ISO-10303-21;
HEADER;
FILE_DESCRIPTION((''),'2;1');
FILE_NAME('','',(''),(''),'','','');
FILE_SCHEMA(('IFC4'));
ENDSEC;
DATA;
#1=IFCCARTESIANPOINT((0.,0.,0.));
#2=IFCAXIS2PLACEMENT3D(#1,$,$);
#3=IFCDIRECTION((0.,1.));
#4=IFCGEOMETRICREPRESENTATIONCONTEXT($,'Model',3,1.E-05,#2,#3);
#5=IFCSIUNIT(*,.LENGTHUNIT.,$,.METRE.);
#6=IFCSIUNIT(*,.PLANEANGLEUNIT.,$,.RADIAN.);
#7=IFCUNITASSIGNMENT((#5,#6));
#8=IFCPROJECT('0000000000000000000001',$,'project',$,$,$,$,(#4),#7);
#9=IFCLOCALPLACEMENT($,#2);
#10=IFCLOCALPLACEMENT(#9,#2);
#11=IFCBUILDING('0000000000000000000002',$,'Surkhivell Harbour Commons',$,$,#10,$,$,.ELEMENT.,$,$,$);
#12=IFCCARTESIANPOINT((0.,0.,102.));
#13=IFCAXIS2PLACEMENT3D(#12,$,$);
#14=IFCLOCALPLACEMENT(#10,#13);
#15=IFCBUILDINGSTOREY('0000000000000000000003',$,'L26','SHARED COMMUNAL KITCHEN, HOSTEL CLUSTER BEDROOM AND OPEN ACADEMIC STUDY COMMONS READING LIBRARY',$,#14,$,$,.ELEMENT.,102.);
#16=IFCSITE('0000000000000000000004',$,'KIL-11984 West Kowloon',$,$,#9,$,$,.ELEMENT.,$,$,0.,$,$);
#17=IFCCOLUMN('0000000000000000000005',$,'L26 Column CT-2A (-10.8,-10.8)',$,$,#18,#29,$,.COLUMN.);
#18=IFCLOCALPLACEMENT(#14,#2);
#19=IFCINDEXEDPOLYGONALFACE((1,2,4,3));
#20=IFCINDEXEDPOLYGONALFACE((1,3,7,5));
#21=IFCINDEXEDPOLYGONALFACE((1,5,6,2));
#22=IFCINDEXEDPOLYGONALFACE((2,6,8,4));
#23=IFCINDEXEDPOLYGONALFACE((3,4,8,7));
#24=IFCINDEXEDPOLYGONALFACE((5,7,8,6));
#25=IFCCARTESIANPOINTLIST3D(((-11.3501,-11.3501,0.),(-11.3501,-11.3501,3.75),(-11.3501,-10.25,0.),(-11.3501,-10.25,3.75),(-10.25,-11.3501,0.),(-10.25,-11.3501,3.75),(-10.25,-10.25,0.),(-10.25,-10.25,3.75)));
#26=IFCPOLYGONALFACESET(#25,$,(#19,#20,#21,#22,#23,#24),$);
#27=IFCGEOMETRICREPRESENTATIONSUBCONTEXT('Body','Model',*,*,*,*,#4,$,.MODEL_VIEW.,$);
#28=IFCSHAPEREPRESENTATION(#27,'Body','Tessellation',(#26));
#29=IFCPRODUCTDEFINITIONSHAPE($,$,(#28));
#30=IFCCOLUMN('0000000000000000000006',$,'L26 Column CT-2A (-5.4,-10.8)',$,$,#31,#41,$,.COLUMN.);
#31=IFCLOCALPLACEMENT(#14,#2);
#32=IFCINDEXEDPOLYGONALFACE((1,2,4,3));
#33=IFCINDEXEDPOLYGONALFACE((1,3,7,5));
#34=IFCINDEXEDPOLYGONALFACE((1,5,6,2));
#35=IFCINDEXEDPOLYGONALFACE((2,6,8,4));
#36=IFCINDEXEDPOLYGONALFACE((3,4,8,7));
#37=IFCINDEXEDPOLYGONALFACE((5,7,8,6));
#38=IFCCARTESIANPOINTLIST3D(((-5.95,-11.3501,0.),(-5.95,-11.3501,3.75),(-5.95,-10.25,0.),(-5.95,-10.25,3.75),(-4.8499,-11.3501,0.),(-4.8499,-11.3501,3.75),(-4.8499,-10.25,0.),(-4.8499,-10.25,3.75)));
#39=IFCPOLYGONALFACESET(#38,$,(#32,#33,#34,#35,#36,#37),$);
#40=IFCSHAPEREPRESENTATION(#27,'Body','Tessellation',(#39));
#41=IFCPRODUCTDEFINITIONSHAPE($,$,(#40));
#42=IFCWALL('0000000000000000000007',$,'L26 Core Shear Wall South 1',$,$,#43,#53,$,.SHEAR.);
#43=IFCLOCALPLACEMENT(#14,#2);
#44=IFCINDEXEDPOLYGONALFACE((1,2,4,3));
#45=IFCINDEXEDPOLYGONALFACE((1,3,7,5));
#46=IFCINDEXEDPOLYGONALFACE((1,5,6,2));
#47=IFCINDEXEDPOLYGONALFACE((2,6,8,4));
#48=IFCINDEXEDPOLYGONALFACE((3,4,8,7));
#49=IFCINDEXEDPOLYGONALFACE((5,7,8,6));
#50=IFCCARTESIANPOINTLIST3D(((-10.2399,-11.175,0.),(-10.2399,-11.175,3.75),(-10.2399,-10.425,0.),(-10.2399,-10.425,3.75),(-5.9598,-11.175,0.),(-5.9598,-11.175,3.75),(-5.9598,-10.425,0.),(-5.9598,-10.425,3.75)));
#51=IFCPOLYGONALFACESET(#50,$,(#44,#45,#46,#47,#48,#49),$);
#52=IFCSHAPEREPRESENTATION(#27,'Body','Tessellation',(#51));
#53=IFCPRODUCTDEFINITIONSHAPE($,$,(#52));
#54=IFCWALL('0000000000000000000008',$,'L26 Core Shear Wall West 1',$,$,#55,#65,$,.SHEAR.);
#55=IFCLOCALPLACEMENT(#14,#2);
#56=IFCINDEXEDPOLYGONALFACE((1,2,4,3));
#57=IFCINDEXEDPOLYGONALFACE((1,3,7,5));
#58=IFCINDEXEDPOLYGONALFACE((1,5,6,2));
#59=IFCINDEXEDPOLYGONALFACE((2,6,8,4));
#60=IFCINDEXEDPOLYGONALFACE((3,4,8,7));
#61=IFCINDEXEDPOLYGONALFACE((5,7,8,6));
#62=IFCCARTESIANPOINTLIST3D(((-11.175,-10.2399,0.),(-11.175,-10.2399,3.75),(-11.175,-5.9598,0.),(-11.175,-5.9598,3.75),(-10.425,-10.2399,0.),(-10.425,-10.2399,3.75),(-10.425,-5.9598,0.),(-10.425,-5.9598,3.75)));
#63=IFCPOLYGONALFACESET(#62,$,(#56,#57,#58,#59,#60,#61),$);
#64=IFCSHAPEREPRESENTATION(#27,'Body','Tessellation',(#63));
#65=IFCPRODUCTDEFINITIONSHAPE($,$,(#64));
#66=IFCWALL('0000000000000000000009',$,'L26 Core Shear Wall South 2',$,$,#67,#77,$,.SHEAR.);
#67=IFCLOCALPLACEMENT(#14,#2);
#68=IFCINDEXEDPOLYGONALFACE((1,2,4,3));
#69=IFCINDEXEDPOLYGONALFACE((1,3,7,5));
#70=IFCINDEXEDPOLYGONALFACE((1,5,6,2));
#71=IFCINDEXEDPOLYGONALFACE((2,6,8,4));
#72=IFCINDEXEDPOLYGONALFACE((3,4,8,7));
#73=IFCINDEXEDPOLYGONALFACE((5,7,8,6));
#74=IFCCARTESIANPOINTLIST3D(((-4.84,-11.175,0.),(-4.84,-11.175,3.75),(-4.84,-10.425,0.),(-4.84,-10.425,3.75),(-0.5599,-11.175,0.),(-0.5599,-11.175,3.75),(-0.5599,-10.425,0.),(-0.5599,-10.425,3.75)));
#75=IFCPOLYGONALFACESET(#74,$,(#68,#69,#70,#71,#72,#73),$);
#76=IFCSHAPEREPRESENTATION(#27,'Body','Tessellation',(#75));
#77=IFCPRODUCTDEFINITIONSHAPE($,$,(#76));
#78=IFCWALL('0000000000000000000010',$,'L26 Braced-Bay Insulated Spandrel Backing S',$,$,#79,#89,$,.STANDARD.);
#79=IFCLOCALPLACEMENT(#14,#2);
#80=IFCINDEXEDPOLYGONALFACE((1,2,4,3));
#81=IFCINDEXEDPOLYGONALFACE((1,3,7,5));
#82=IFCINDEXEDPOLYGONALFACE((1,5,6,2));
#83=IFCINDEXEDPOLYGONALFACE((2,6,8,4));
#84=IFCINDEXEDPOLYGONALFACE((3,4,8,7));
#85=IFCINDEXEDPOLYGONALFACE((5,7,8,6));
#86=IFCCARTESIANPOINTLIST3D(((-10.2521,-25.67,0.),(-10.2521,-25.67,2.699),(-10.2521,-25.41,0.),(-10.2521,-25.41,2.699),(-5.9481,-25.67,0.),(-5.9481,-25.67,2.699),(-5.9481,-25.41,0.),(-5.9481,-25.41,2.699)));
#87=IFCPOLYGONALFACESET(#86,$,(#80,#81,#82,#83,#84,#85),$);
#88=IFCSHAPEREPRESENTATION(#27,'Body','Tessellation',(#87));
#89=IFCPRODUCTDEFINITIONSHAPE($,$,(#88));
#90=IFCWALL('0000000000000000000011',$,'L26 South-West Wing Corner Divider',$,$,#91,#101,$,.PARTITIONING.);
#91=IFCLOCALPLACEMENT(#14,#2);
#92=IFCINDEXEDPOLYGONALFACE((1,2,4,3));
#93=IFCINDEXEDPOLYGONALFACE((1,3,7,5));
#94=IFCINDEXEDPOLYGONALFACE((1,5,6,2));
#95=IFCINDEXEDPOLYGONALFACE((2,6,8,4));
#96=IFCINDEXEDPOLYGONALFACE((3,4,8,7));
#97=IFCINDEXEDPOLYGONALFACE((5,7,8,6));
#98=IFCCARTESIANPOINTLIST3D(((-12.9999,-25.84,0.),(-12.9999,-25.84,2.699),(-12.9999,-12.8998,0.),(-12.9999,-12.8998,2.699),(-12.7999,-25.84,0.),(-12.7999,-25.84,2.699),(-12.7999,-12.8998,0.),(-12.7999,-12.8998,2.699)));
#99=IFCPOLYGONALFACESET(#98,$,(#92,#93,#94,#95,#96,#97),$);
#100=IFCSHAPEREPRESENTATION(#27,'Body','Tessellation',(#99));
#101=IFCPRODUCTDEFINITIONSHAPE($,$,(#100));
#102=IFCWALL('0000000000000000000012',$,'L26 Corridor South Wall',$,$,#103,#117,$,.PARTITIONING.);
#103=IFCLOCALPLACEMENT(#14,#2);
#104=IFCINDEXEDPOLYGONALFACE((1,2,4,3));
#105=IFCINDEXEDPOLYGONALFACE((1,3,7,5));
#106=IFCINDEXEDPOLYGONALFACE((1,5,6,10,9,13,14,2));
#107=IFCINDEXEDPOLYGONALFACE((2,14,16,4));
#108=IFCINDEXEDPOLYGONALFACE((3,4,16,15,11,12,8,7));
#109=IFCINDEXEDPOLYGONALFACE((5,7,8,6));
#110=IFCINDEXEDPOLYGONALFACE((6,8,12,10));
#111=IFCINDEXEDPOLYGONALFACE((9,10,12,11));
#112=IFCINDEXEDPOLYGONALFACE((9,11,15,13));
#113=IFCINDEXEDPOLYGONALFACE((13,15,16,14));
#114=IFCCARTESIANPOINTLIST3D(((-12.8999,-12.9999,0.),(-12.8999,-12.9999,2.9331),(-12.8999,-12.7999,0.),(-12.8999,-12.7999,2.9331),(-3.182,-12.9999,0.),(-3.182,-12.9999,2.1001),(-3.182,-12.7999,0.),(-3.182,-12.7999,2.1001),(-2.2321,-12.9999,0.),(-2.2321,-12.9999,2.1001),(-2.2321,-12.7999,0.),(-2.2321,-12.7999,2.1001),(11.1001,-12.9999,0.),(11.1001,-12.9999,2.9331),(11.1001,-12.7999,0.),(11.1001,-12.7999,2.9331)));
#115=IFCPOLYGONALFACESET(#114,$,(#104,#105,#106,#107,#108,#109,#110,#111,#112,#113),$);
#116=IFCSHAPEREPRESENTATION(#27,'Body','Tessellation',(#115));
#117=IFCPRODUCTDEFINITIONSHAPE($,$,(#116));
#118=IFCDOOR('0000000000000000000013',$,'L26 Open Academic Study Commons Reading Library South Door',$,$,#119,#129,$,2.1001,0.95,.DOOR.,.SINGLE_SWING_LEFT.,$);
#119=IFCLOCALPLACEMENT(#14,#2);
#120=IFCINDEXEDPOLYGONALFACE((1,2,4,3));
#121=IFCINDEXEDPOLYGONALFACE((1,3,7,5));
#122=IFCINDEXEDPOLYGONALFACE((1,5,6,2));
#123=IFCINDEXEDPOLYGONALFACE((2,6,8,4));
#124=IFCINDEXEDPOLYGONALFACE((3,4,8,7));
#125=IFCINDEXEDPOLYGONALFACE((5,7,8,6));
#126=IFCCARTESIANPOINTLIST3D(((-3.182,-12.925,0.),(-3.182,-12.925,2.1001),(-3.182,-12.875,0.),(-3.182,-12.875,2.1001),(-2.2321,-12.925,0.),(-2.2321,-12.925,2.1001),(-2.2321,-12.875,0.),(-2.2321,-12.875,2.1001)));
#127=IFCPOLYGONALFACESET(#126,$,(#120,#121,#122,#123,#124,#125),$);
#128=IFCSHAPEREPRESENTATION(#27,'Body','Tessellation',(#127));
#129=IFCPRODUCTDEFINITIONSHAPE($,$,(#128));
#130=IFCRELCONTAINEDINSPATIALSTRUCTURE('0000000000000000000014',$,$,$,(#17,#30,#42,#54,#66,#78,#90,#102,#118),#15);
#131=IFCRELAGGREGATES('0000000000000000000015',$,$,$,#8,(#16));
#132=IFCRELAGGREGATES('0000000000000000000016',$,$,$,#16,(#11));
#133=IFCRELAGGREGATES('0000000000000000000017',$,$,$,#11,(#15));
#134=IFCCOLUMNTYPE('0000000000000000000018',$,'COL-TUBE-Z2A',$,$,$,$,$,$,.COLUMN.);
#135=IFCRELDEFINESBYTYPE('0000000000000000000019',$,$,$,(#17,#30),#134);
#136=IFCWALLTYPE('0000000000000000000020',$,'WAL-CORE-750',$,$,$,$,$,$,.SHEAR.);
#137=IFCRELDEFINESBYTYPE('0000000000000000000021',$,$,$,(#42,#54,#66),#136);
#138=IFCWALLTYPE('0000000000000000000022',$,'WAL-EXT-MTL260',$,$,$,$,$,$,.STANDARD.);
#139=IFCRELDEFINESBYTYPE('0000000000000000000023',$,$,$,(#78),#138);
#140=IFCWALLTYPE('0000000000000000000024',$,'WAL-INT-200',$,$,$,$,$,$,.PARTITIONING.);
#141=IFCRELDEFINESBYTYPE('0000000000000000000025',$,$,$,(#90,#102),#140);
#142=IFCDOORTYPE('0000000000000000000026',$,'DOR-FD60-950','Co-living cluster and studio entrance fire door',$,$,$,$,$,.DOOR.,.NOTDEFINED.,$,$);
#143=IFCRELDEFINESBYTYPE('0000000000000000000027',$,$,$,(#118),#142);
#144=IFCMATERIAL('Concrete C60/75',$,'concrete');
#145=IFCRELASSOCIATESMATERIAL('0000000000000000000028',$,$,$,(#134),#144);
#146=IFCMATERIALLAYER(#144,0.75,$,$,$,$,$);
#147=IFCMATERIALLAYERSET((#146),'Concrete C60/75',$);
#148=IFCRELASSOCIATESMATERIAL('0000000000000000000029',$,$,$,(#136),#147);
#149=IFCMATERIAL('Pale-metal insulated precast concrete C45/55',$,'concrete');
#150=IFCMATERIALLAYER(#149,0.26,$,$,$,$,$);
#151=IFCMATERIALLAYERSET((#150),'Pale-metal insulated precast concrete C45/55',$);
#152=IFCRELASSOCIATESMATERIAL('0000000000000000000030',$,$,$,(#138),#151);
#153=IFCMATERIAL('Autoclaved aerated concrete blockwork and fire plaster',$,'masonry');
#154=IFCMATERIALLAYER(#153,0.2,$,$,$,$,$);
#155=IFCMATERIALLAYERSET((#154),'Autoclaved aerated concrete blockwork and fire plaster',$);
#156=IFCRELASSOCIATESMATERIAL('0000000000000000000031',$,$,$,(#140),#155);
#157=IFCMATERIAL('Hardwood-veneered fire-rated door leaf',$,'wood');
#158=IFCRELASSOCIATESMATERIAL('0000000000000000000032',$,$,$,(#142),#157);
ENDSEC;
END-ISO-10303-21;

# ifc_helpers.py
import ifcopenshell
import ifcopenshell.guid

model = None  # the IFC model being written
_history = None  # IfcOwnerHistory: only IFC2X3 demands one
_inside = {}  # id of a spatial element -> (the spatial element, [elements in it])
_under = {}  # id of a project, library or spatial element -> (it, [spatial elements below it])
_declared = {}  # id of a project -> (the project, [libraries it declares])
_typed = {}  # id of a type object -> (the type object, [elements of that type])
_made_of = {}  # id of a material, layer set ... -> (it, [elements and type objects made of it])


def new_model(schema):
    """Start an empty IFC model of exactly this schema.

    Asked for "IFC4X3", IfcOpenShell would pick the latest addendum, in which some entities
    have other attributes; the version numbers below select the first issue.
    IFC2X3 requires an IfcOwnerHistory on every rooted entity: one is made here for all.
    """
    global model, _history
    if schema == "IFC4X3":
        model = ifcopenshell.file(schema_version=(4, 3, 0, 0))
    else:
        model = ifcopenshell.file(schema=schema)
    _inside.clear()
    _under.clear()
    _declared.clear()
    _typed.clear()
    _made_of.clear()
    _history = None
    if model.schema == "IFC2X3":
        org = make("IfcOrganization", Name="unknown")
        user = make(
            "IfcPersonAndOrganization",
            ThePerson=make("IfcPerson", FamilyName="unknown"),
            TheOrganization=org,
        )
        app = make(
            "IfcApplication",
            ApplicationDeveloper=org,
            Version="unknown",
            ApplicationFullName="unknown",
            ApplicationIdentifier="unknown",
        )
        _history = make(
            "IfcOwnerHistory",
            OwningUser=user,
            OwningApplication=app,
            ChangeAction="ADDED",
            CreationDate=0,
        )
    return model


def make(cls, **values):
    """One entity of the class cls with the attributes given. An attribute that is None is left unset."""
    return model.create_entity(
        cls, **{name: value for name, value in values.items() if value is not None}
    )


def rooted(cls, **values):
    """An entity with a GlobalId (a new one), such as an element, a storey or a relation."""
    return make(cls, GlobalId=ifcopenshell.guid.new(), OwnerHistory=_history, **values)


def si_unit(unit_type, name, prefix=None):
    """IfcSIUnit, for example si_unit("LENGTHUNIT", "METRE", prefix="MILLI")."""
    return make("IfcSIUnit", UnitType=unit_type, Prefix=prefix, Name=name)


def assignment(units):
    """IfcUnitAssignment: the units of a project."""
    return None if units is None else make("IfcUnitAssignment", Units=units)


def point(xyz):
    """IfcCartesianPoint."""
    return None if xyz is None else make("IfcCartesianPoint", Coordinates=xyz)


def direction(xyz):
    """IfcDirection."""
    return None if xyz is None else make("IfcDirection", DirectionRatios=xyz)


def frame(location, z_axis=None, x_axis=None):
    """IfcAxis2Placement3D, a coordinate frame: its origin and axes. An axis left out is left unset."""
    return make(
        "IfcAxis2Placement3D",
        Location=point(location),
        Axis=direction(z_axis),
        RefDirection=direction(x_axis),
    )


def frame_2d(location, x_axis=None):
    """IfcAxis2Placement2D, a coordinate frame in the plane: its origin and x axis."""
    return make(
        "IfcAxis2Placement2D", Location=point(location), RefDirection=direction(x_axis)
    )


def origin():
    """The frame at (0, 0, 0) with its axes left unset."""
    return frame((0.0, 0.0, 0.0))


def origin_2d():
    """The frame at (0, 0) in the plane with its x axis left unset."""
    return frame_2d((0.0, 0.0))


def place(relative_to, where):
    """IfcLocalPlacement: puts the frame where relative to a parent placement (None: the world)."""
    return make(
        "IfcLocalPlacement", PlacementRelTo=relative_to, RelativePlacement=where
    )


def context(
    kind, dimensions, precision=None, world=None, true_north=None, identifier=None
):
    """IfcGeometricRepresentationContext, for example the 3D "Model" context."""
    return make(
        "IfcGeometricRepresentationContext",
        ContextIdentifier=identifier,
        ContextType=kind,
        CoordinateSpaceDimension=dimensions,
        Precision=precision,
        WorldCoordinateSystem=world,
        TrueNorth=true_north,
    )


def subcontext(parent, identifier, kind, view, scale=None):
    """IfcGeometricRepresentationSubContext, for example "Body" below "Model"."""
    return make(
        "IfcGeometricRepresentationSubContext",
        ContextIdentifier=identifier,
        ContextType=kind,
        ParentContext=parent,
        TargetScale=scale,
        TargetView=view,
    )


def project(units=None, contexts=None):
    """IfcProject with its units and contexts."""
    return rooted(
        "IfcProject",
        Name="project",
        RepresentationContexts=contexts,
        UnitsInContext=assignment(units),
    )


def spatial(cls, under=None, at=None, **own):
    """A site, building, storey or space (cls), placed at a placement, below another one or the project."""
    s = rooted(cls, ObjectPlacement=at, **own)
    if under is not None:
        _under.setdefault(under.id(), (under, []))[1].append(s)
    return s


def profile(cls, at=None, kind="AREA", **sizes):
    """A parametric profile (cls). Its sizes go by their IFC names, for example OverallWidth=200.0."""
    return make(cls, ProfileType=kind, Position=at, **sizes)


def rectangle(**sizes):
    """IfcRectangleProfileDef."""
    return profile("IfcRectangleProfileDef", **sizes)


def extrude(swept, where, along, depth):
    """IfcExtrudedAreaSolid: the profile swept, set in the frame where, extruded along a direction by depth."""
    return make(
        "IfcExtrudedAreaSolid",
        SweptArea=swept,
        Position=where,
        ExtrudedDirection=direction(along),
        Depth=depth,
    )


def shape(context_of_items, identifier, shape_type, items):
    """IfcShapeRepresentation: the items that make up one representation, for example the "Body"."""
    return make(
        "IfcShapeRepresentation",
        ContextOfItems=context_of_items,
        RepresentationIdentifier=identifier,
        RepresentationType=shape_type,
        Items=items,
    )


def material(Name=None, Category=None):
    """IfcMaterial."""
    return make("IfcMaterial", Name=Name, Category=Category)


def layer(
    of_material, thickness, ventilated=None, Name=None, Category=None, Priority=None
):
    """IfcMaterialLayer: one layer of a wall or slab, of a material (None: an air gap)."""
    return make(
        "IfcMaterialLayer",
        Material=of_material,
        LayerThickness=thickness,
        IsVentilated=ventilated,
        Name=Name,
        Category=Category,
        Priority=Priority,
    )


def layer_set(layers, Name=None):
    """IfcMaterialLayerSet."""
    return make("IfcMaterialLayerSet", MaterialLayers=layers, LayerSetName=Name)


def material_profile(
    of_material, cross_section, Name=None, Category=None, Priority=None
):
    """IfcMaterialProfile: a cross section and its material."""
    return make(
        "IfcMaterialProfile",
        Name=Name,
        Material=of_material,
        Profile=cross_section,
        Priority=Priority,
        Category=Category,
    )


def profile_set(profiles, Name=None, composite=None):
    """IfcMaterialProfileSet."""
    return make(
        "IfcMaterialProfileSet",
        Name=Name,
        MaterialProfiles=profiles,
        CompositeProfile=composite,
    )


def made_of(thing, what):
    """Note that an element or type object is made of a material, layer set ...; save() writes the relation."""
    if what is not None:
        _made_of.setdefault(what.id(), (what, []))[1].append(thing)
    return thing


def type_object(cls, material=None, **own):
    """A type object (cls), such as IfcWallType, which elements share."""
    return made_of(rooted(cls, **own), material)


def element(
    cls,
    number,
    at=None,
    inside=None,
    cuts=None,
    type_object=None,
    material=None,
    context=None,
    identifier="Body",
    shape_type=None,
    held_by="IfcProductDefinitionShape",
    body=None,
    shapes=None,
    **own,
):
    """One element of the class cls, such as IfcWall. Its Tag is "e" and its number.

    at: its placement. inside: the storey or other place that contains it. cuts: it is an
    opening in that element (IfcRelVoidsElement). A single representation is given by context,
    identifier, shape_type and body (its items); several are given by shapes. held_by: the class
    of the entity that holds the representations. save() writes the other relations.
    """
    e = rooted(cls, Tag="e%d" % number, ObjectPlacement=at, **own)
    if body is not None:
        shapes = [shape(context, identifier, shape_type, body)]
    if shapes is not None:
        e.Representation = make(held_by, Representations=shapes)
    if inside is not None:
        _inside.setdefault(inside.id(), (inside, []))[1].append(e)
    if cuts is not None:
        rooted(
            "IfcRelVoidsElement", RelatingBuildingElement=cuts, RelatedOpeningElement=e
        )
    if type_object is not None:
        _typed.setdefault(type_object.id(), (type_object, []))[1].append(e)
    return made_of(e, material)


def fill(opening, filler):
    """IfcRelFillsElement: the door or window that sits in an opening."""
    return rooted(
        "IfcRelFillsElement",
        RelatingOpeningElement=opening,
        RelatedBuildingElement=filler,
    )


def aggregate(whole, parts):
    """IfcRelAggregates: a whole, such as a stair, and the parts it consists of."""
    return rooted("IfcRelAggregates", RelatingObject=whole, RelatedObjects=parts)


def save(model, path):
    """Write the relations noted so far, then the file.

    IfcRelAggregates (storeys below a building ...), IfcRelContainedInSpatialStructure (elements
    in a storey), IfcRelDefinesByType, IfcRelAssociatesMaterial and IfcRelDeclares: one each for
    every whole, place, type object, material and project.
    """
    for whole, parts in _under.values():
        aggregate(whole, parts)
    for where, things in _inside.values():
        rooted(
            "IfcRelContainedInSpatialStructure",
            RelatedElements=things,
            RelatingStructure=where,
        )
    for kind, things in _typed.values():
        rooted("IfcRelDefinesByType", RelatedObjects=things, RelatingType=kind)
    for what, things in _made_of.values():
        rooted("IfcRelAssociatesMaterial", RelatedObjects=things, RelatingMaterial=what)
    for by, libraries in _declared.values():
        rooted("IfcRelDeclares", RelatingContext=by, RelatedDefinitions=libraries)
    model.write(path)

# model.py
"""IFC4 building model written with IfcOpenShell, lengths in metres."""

from ifc_helpers import new_model, si_unit, direction, frame, frame_2d, origin, origin_2d, place, context, subcontext, project, spatial, rectangle, extrude, material, layer, layer_set, material_profile, profile_set, type_object, element, fill, save


model = new_model("IFC4")

# Units and contexts
model_context = context("Model", 3, precision=1e-05, world=origin(), true_north=direction((0.0, 1.0)))
body_context = subcontext(model_context, "Body", "Model", "MODEL_VIEW")
ifc_project = project(units=[si_unit("LENGTHUNIT", "METRE"), si_unit("PLANEANGLEUNIT", "RADIAN")], contexts=[model_context])

# Site, building, storey
site_placement = place(None, origin())
site = spatial("IfcSite", under=ifc_project, at=site_placement, Name="KIL-11984 West Kowloon", CompositionType="ELEMENT", RefElevation=0.0)
building_placement = place(site_placement, origin())
building = spatial("IfcBuilding", under=site, at=building_placement, Name="Surkhivell Harbour Commons", CompositionType="ELEMENT")
storey_placement = place(building_placement, frame((0.0, 0.0, 102.0)))
storey = spatial("IfcBuildingStorey", under=building, at=storey_placement, Name="L26", Description="SHARED COMMUNAL KITCHEN, HOSTEL CLUSTER BEDROOM AND OPEN ACADEMIC STUDY COMMONS READING LIBRARY", CompositionType="ELEMENT", Elevation=102.0)

# Columns
ifc_material_1 = material(Name="Concrete C60/75", Category="concrete")
ifc_material_profile = material_profile(ifc_material_1, rectangle(XDim=1.1001, YDim=1.1001, at=origin_2d()), Name="RC-COL-1100x1100")
ifc_profile_set = profile_set([ifc_material_profile], Name="Concrete C60/75")
column_type = type_object("IfcColumnType", Name="COL-TUBE-Z2A", PredefinedType="COLUMN", material=ifc_profile_set)
for number, where, z_axis, x_axis, name in (
    (1, (-10.8, -10.8, 0.0), (0.0, 0.0, 1.0), (1.0, 0.0, 0.0), "L26 Column CT-2A (-10.8,-10.8)"),
    (2, (-5.3999, -10.8, 0.0), (0.0, 0.0, 1.0), (1.0, 0.0, 0.0), "L26 Column CT-2A (-5.4,-10.8)"),
):
    element("IfcColumn", number, at=place(storey_placement, frame(where, z_axis=z_axis, x_axis=x_axis)), inside=storey, type_object=column_type, Name=name, PredefinedType="COLUMN", context=body_context, shape_type="SweptSolid", body=[
        extrude(rectangle(XDim=1.1001, YDim=1.1001, at=origin_2d()), origin(), (0.0, 0.0, 1.0), 3.75),
    ])

# Walls
ifc_layer_1 = layer(ifc_material_1, 0.75)
ifc_layer_set_1 = layer_set([ifc_layer_1], Name="Concrete C60/75")
wall_type_1 = type_object("IfcWallType", Name="WAL-CORE-750", PredefinedType="SHEAR", material=ifc_layer_set_1)
for number, where, z_axis, x_axis, name in (
    (3, (-10.24, -10.8, 0.0), (0.0, 0.0, 1.0), (1.0, 0.0, 0.0), "L26 Core Shear Wall South 1"),
    (4, (-10.8, -10.24, 0.0), (0.0, 0.0, 1.0), (0.0, 1.0, 0.0), "L26 Core Shear Wall West 1"),
    (5, (-4.8401, -10.8, 0.0), (0.0, 0.0, 1.0), (1.0, 0.0, 0.0), "L26 Core Shear Wall South 2"),
):
    element("IfcWall", number, at=place(storey_placement, frame(where, z_axis=z_axis, x_axis=x_axis)), inside=storey, type_object=wall_type_1, Name=name, PredefinedType="SHEAR", context=body_context, shape_type="SweptSolid", body=[
        extrude(rectangle(XDim=4.28, YDim=0.75, at=frame_2d((2.1401, 0.0))), origin(), (0.0, 0.0, 1.0), 3.75),
    ])
ifc_material_2 = material(Name="Pale-metal insulated precast concrete C45/55", Category="concrete")
ifc_layer_2 = layer(ifc_material_2, 0.26)
ifc_layer_set_2 = layer_set([ifc_layer_2], Name="Pale-metal insulated precast concrete C45/55")
wall_type_2 = type_object("IfcWallType", Name="WAL-EXT-MTL260", PredefinedType="STANDARD", material=ifc_layer_set_2)
wall_1_placement = place(storey_placement, frame((-10.252, -25.54, 0.0), z_axis=(0.0, 0.0, 1.0), x_axis=(1.0, 0.0, 0.0)))
element("IfcWall", 6, at=wall_1_placement, inside=storey, type_object=wall_type_2, Name="L26 Braced-Bay Insulated Spandrel Backing S", PredefinedType="STANDARD", context=body_context, shape_type="SweptSolid", body=[
    extrude(rectangle(XDim=4.304, YDim=0.26, at=frame_2d((2.1519, 0.0))), origin(), (0.0, 0.0, 1.0), 2.699),
])
ifc_material_3 = material(Name="Autoclaved aerated concrete blockwork and fire plaster", Category="masonry")
ifc_layer_3 = layer(ifc_material_3, 0.2)
ifc_layer_set_3 = layer_set([ifc_layer_3], Name="Autoclaved aerated concrete blockwork and fire plaster")
wall_type_3 = type_object("IfcWallType", Name="WAL-INT-200", PredefinedType="PARTITIONING", material=ifc_layer_set_3)
wall_2_placement = place(storey_placement, frame((-12.8999, -25.8401, 0.0), z_axis=(0.0, 0.0, 1.0), x_axis=(0.0, 1.0, 0.0)))
element("IfcWall", 7, at=wall_2_placement, inside=storey, type_object=wall_type_3, Name="L26 South-West Wing Corner Divider", PredefinedType="PARTITIONING", context=body_context, shape_type="SweptSolid", body=[
    extrude(rectangle(XDim=12.9402, YDim=0.2, at=frame_2d((6.4702, 0.0))), origin(), (0.0, 0.0, 1.0), 2.699),
])

# Wall, opening, door
wall_3_placement = place(storey_placement, frame((-12.8999, -12.8999, 0.0), z_axis=(0.0, 0.0, 1.0), x_axis=(1.0, 0.0, 0.0)))
wall_3 = element("IfcWall", 8, at=wall_3_placement, inside=storey, type_object=wall_type_3, Name="L26 Corridor South Wall", PredefinedType="PARTITIONING", context=body_context, shape_type="SweptSolid", body=[
    extrude(rectangle(XDim=24.0, YDim=0.2, at=frame_2d((12.0, 0.0))), origin(), (0.0, 0.0, 1.0), 2.9331),
])
opening_1_placement = place(wall_3_placement, frame((9.7178, 0.0, 0.0)))
opening_1 = element("IfcOpeningElement", 9, at=opening_1_placement, cuts=wall_3, PredefinedType="OPENING", context=body_context, shape_type="SweptSolid", body=[
    extrude(rectangle(XDim=0.95, YDim=2.1001, at=frame_2d((0.4751, 1.05))), frame((0.0, 0.1099, 0.0), z_axis=(0.0, -1.0, 0.0), x_axis=(1.0, 0.0, 0.0)), (0.0, 0.0, 1.0), 0.22),
])
ifc_material_4 = material(Name="Hardwood-veneered fire-rated door leaf", Category="wood")
door_type_1 = type_object("IfcDoorType", Name="DOR-FD60-950", Description="Co-living cluster and studio entrance fire door", OperationType="NOTDEFINED", PredefinedType="DOOR", material=ifc_material_4)
door_1_placement = place(opening_1_placement, origin())
door_1 = element("IfcDoor", 10, at=door_1_placement, inside=storey, type_object=door_type_1, Name="L26 Open Academic Study Commons Reading Library South Door", OperationType="SINGLE_SWING_LEFT", OverallHeight=2.1001, OverallWidth=0.95, PredefinedType="DOOR", context=body_context, shape_type="SweptSolid", body=[
    extrude(rectangle(XDim=0.95, YDim=2.1001, at=frame_2d((0.4751, 1.05))), frame((0.0, 0.0249, 0.0), z_axis=(0.0, -1.0, 0.0), x_axis=(1.0, 0.0, 0.0)), (0.0, 0.0, 1.0), 0.05),
])
fill(opening_1, door_1)

save(model, "model.ifc")
